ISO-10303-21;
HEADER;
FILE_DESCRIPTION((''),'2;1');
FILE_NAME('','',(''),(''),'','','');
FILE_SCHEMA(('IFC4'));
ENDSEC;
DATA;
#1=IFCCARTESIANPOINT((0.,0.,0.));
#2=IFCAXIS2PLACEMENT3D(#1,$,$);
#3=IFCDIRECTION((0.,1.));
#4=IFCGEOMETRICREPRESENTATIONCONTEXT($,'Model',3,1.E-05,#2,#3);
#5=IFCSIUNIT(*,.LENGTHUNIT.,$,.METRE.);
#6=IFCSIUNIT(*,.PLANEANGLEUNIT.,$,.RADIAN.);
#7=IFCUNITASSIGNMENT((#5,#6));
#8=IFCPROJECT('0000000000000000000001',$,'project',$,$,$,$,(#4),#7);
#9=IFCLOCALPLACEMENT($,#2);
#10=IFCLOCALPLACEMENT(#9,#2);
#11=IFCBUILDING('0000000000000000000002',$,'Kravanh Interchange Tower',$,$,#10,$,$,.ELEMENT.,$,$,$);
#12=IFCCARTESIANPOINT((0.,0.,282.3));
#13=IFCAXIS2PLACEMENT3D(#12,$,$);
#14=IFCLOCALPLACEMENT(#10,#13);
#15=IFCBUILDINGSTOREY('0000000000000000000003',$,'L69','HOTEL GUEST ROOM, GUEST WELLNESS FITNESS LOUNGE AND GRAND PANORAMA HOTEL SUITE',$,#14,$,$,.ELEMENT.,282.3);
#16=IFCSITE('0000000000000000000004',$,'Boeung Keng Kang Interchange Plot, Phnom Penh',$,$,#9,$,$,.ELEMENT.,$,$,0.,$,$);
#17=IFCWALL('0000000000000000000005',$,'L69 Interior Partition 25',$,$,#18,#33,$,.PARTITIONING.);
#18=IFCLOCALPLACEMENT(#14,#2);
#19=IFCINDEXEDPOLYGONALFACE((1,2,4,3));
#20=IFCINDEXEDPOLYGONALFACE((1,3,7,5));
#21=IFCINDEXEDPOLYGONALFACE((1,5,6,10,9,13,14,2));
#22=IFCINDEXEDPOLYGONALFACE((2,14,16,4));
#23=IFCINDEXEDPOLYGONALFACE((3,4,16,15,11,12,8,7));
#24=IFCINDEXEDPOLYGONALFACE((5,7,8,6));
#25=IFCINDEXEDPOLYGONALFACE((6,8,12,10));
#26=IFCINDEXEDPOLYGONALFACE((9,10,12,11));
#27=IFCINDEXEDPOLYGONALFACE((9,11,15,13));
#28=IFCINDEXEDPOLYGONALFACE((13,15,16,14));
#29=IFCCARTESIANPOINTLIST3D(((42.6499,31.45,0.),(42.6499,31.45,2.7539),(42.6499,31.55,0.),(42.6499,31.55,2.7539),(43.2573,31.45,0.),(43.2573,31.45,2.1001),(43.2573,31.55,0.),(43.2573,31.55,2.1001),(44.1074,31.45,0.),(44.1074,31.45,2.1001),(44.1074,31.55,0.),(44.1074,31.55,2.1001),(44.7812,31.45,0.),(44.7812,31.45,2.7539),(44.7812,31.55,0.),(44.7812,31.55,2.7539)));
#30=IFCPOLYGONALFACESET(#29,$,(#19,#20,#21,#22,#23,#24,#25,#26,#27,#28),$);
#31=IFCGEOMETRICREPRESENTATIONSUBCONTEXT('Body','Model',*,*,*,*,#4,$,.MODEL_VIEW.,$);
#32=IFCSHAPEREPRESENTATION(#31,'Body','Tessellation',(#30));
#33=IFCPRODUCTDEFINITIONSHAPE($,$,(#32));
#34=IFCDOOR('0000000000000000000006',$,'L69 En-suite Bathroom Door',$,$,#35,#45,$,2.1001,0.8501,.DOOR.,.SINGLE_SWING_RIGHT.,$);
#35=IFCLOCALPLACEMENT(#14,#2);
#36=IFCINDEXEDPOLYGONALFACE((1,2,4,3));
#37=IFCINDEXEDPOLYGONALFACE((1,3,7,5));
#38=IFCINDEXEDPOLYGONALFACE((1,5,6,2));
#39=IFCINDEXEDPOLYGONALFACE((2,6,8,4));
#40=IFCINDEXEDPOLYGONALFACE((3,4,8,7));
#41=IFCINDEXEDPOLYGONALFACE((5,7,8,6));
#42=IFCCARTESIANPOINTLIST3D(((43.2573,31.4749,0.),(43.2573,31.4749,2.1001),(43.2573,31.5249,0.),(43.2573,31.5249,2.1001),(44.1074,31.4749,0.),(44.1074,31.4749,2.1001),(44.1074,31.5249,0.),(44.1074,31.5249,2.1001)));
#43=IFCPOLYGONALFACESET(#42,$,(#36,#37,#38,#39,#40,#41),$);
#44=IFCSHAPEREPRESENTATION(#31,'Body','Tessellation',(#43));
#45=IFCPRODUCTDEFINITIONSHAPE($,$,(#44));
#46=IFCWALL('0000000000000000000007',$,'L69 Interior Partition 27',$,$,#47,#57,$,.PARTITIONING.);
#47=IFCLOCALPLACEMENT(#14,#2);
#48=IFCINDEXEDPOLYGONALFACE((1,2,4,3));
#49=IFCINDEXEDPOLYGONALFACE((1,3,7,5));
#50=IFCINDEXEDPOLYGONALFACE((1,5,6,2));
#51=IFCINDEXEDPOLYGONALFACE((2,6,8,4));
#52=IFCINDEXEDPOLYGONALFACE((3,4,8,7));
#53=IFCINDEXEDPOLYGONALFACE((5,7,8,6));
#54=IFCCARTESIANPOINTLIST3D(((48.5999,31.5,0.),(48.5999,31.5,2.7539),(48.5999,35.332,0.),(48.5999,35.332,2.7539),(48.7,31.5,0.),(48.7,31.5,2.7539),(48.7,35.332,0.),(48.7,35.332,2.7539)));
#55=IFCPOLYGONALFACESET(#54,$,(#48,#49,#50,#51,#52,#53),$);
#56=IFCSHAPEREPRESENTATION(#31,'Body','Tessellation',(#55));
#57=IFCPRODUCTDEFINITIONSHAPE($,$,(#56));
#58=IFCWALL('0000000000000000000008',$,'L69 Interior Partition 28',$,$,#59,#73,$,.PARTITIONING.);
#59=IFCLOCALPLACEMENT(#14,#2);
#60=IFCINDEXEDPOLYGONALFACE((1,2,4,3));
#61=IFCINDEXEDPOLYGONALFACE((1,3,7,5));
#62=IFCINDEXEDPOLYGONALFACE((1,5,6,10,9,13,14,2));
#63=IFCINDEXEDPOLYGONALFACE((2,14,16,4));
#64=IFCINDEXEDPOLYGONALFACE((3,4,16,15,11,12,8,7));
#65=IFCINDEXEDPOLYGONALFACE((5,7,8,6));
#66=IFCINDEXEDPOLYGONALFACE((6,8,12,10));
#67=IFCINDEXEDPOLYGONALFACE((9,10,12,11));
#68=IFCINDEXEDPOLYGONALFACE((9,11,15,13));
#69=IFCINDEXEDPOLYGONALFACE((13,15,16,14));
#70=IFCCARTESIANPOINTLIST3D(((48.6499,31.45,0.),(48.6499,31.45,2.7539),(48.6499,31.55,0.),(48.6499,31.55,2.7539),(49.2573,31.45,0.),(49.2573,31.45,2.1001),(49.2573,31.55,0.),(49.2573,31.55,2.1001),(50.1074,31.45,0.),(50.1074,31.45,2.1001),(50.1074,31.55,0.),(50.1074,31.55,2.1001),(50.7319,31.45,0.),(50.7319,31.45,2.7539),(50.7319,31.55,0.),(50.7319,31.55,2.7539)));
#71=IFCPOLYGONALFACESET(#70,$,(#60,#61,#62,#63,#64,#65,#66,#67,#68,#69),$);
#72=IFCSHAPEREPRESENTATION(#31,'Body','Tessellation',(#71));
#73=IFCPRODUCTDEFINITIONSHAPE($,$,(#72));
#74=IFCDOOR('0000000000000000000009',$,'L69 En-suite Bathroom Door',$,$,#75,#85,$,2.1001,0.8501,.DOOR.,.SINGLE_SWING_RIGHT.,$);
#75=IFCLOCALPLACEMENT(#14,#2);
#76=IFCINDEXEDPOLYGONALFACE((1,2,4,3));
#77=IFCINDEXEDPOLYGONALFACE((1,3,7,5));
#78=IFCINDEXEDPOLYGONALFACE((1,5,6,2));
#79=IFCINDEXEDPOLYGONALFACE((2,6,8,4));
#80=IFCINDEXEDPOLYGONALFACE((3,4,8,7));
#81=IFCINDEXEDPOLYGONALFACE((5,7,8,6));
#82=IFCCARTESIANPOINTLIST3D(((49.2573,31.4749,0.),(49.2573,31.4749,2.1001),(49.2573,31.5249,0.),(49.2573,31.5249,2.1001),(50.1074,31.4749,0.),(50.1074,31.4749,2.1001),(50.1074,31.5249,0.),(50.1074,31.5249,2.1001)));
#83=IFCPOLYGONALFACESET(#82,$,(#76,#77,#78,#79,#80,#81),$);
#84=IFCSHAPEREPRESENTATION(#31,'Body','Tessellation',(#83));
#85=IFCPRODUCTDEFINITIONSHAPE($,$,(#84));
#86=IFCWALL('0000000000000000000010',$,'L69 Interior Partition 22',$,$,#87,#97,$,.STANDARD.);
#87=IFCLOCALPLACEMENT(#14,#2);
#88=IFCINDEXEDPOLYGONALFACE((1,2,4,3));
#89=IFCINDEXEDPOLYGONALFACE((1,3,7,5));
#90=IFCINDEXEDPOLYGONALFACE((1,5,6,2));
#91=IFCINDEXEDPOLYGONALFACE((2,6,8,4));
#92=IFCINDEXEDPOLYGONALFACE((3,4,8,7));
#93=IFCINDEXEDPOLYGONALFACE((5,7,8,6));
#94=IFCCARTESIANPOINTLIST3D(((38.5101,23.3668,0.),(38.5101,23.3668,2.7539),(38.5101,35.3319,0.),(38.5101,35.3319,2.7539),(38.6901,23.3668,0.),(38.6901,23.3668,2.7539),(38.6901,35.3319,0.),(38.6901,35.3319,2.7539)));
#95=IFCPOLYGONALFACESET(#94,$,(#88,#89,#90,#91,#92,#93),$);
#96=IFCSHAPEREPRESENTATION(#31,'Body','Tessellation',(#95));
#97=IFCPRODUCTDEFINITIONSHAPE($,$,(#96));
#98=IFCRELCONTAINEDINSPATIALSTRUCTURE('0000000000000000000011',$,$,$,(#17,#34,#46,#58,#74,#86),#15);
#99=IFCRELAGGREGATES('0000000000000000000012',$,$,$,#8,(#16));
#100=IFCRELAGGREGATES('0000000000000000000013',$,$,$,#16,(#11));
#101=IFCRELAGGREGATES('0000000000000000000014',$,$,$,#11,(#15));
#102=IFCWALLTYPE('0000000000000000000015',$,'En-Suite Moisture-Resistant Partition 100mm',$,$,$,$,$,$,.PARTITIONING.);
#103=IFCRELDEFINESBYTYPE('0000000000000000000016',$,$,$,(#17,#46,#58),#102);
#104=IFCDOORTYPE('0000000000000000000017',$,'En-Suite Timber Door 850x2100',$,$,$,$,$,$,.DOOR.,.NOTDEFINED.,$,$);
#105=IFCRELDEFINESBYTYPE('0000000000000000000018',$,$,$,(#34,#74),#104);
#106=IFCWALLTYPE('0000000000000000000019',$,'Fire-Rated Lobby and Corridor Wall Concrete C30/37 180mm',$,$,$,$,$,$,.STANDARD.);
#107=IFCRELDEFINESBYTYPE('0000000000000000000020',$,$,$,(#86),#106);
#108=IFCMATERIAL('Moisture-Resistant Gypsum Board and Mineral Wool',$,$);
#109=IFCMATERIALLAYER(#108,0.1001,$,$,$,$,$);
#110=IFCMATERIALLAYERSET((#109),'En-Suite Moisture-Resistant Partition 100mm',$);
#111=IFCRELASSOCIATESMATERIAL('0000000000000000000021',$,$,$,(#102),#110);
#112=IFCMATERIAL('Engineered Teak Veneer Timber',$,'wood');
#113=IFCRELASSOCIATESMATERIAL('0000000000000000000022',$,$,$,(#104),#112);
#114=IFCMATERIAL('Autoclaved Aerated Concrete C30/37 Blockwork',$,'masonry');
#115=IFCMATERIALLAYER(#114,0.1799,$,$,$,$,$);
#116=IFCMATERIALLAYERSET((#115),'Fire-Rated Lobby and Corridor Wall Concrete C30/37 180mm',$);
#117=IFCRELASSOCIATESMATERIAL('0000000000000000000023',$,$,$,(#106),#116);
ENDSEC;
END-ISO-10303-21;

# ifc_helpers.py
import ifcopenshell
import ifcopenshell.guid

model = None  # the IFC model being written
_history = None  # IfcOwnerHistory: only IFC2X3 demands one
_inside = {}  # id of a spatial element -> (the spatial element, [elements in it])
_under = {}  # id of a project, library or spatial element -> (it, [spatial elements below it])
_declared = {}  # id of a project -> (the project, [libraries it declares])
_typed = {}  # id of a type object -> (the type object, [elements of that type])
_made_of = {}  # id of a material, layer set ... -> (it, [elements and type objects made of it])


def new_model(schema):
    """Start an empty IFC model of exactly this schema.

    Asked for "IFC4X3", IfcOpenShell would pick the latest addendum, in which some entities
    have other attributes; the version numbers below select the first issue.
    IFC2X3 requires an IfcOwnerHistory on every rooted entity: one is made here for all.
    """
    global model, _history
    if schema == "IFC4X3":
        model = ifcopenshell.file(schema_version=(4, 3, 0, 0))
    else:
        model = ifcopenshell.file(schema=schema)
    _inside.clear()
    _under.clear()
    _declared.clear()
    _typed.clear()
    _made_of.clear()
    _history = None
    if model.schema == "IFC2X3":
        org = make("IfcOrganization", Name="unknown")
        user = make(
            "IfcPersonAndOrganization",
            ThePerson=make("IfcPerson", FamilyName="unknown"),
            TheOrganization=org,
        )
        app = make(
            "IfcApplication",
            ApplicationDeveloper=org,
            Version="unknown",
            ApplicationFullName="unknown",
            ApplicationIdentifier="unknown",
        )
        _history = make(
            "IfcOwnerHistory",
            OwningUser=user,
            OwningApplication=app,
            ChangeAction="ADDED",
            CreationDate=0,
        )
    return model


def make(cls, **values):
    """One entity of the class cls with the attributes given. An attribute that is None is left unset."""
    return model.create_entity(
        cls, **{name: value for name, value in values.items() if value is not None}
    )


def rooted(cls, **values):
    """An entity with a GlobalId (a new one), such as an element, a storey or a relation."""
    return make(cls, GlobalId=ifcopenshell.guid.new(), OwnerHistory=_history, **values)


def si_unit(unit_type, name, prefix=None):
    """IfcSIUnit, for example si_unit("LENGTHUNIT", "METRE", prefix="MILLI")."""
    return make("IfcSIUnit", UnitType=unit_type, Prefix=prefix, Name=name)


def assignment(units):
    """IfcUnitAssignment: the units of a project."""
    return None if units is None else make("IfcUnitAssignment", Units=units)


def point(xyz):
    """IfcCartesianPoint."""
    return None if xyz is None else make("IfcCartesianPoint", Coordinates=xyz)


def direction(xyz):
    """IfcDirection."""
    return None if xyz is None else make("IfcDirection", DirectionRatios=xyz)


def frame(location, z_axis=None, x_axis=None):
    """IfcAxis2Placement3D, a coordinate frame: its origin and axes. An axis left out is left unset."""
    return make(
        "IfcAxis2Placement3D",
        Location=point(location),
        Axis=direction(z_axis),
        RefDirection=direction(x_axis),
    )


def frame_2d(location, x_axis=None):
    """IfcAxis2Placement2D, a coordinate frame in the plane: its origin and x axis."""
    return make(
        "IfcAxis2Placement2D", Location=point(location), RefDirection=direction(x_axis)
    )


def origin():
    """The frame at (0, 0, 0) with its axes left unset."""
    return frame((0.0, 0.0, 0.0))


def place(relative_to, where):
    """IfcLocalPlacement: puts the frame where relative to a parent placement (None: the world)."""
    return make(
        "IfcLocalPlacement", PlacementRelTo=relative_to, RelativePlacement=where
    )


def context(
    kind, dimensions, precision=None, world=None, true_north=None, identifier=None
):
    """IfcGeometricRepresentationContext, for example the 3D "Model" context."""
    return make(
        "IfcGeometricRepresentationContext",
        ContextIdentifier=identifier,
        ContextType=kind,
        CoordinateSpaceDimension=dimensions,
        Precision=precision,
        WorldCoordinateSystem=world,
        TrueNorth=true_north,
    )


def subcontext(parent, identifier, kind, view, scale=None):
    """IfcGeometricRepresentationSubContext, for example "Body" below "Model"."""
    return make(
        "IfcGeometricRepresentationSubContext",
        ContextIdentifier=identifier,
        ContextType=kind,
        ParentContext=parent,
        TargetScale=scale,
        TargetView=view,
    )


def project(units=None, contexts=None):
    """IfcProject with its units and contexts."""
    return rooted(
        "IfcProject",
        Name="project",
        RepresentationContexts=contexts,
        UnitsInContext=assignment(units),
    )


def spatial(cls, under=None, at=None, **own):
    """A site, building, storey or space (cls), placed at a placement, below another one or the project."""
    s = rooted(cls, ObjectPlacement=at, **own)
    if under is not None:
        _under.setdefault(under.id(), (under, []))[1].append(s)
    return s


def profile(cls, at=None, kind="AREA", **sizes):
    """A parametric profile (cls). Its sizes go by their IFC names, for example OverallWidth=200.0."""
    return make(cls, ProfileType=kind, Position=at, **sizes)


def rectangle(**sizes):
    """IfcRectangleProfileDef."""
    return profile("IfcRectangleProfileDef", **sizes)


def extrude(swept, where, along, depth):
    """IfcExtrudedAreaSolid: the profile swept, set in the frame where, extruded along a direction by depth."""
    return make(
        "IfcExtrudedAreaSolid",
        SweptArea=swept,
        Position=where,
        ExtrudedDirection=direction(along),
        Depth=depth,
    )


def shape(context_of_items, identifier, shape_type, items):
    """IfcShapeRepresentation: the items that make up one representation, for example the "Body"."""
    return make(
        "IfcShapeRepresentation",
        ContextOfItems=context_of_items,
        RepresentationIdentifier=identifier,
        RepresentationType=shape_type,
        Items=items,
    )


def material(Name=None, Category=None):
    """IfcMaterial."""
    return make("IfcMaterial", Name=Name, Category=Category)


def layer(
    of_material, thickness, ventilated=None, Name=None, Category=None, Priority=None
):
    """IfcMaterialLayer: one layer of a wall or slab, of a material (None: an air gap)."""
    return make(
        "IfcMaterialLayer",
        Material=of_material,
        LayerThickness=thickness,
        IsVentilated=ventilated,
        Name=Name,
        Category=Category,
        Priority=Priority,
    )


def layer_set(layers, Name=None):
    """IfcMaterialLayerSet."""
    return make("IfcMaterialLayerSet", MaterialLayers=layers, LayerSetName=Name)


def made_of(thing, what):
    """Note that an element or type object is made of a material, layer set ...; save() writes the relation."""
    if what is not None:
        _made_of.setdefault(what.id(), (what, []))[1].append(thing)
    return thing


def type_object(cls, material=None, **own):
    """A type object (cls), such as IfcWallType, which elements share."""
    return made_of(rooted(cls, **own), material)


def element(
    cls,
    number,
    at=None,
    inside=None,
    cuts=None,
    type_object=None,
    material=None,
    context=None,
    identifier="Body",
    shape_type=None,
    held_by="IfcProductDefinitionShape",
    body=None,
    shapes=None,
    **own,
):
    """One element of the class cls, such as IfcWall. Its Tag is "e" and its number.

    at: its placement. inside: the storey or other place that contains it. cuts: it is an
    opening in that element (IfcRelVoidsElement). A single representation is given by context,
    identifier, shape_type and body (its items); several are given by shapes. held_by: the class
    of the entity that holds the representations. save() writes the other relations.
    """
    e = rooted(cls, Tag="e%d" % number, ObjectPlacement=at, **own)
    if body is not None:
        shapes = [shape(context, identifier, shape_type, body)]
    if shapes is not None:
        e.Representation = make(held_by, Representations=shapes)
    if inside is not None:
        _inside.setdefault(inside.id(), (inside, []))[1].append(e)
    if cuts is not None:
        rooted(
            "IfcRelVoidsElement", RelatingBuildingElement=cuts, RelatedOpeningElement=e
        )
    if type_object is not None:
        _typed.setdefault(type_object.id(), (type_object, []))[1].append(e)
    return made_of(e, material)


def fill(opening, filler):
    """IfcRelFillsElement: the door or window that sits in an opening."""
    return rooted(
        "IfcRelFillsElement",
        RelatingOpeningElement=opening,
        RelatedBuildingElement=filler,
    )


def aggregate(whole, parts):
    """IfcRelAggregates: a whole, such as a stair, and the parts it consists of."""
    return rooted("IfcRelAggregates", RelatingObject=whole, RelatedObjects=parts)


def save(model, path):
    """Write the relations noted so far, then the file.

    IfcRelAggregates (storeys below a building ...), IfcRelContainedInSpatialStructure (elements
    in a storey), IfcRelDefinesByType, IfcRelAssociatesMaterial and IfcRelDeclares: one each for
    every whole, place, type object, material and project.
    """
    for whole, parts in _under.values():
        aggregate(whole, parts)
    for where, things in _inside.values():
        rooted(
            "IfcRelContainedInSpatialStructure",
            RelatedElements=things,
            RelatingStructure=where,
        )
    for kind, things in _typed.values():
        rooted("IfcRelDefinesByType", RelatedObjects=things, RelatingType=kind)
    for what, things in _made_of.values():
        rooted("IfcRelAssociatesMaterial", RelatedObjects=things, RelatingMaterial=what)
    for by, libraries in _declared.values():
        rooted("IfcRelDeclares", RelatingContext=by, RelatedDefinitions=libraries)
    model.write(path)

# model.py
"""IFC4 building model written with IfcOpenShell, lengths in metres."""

from ifc_helpers import new_model, si_unit, direction, frame, frame_2d, origin, place, context, subcontext, project, spatial, rectangle, extrude, material, layer, layer_set, type_object, element, fill, save


model = new_model("IFC4")

# Units and contexts
model_context = context("Model", 3, precision=1e-05, world=origin(), true_north=direction((0.0, 1.0)))
body_context = subcontext(model_context, "Body", "Model", "MODEL_VIEW")
ifc_project = project(units=[si_unit("LENGTHUNIT", "METRE"), si_unit("PLANEANGLEUNIT", "RADIAN")], contexts=[model_context])

# Site, building, storey
site_placement = place(None, origin())
site = spatial("IfcSite", under=ifc_project, at=site_placement, Name="Boeung Keng Kang Interchange Plot, Phnom Penh", CompositionType="ELEMENT", RefElevation=0.0)
building_placement = place(site_placement, origin())
building = spatial("IfcBuilding", under=site, at=building_placement, Name="Kravanh Interchange Tower", CompositionType="ELEMENT")
storey_placement = place(building_placement, frame((0.0, 0.0, 282.3)))
storey = spatial("IfcBuildingStorey", under=building, at=storey_placement, Name="L69", Description="HOTEL GUEST ROOM, GUEST WELLNESS FITNESS LOUNGE AND GRAND PANORAMA HOTEL SUITE", CompositionType="ELEMENT", Elevation=282.3)

# Shared definitions
ifc_material_1 = material(Name="Moisture-Resistant Gypsum Board and Mineral Wool")
ifc_layer_1 = layer(ifc_material_1, 0.1001)
ifc_layer_set_1 = layer_set([ifc_layer_1], Name="En-Suite Moisture-Resistant Partition 100mm")
wall_type_1 = type_object("IfcWallType", Name="En-Suite Moisture-Resistant Partition 100mm", PredefinedType="PARTITIONING", material=ifc_layer_set_1)

# Wall, opening, door
wall_1_placement = place(storey_placement, frame((42.6499, 31.5, 0.0), z_axis=(0.0, 0.0, 1.0), x_axis=(1.0, 0.0, 0.0)))
wall_1 = element("IfcWall", 1, at=wall_1_placement, inside=storey, type_object=wall_type_1, Name="L69 Interior Partition 25", PredefinedType="PARTITIONING", context=body_context, shape_type="SweptSolid", body=[
    extrude(rectangle(XDim=2.1313, YDim=0.1001, at=frame_2d((1.0657, 0.0))), origin(), (0.0, 0.0, 1.0), 2.7539),
])
opening_1_placement = place(wall_1_placement, frame((0.6074, 0.0, 0.0)))
opening_1 = element("IfcOpeningElement", 2, at=opening_1_placement, cuts=wall_1, PredefinedType="OPENING", context=body_context, shape_type="SweptSolid", body=[
    extrude(rectangle(XDim=0.8501, YDim=2.1001, at=frame_2d((0.425, 1.05))), frame((0.0, 0.0601, 0.0), z_axis=(0.0, -1.0, 0.0), x_axis=(1.0, 0.0, 0.0)), (0.0, 0.0, 1.0), 0.1201),
])
ifc_material_2 = material(Name="Engineered Teak Veneer Timber", Category="wood")
door_type_1 = type_object("IfcDoorType", Name="En-Suite Timber Door 850x2100", OperationType="NOTDEFINED", PredefinedType="DOOR", material=ifc_material_2)
door_1_placement = place(opening_1_placement, origin())
door_1 = element("IfcDoor", 3, at=door_1_placement, inside=storey, type_object=door_type_1, Name="L69 En-suite Bathroom Door", OperationType="SINGLE_SWING_RIGHT", OverallHeight=2.1001, OverallWidth=0.8501, PredefinedType="DOOR", context=body_context, shape_type="SweptSolid", body=[
    extrude(rectangle(XDim=0.8501, YDim=2.1001, at=frame_2d((0.425, 1.05))), frame((0.0, 0.0249, 0.0), z_axis=(0.0, -1.0, 0.0), x_axis=(1.0, 0.0, 0.0)), (0.0, 0.0, 1.0), 0.05),
])
fill(opening_1, door_1)

# Wall
wall_2_placement = place(storey_placement, frame((48.6499, 31.5, 0.0), z_axis=(0.0, 0.0, 1.0), x_axis=(0.0, 1.0, 0.0)))
element("IfcWall", 4, at=wall_2_placement, inside=storey, type_object=wall_type_1, Name="L69 Interior Partition 27", PredefinedType="PARTITIONING", context=body_context, shape_type="SweptSolid", body=[
    extrude(rectangle(XDim=3.832, YDim=0.1001, at=frame_2d((1.916, 0.0))), origin(), (0.0, 0.0, 1.0), 2.7539),
])

# Wall, opening, door
wall_3_placement = place(storey_placement, frame((48.6499, 31.5, 0.0), z_axis=(0.0, 0.0, 1.0), x_axis=(1.0, 0.0, 0.0)))
wall_3 = element("IfcWall", 5, at=wall_3_placement, inside=storey, type_object=wall_type_1, Name="L69 Interior Partition 28", PredefinedType="PARTITIONING", context=body_context, shape_type="SweptSolid", body=[
    extrude(rectangle(XDim=2.082, YDim=0.1001, at=frame_2d((1.041, 0.0))), origin(), (0.0, 0.0, 1.0), 2.7539),
])
opening_2_placement = place(wall_3_placement, frame((0.6074, 0.0, 0.0)))
opening_2 = element("IfcOpeningElement", 6, at=opening_2_placement, cuts=wall_3, PredefinedType="OPENING", context=body_context, shape_type="SweptSolid", body=[
    extrude(rectangle(XDim=0.8501, YDim=2.1001, at=frame_2d((0.425, 1.05))), frame((0.0, 0.0601, 0.0), z_axis=(0.0, -1.0, 0.0), x_axis=(1.0, 0.0, 0.0)), (0.0, 0.0, 1.0), 0.1201),
])
door_2_placement = place(opening_2_placement, origin())
door_2 = element("IfcDoor", 7, at=door_2_placement, inside=storey, type_object=door_type_1, Name="L69 En-suite Bathroom Door", OperationType="SINGLE_SWING_RIGHT", OverallHeight=2.1001, OverallWidth=0.8501, PredefinedType="DOOR", context=body_context, shape_type="SweptSolid", body=[
    extrude(rectangle(XDim=0.8501, YDim=2.1001, at=frame_2d((0.425, 1.05))), frame((0.0, 0.0249, 0.0), z_axis=(0.0, -1.0, 0.0), x_axis=(1.0, 0.0, 0.0)), (0.0, 0.0, 1.0), 0.05),
])
fill(opening_2, door_2)

# Wall
ifc_material_3 = material(Name="Autoclaved Aerated Concrete C30/37 Blockwork", Category="masonry")
ifc_layer_2 = layer(ifc_material_3, 0.1799)
ifc_layer_set_2 = layer_set([ifc_layer_2], Name="Fire-Rated Lobby and Corridor Wall Concrete C30/37 180mm")
wall_type_2 = type_object("IfcWallType", Name="Fire-Rated Lobby and Corridor Wall Concrete C30/37 180mm", PredefinedType="STANDARD", material=ifc_layer_set_2)
wall_4_placement = place(storey_placement, frame((38.6001, 23.3669, 0.0), z_axis=(0.0, 0.0, 1.0), x_axis=(0.0, 1.0, 0.0)))
element("IfcWall", 8, at=wall_4_placement, inside=storey, type_object=wall_type_2, Name="L69 Interior Partition 22", PredefinedType="STANDARD", context=body_context, shape_type="SweptSolid", body=[
    extrude(rectangle(XDim=11.9651, YDim=0.1799, at=frame_2d((5.9824, 0.0))), origin(), (0.0, 0.0, 1.0), 2.7539),
])

save(model, "model.ifc")
